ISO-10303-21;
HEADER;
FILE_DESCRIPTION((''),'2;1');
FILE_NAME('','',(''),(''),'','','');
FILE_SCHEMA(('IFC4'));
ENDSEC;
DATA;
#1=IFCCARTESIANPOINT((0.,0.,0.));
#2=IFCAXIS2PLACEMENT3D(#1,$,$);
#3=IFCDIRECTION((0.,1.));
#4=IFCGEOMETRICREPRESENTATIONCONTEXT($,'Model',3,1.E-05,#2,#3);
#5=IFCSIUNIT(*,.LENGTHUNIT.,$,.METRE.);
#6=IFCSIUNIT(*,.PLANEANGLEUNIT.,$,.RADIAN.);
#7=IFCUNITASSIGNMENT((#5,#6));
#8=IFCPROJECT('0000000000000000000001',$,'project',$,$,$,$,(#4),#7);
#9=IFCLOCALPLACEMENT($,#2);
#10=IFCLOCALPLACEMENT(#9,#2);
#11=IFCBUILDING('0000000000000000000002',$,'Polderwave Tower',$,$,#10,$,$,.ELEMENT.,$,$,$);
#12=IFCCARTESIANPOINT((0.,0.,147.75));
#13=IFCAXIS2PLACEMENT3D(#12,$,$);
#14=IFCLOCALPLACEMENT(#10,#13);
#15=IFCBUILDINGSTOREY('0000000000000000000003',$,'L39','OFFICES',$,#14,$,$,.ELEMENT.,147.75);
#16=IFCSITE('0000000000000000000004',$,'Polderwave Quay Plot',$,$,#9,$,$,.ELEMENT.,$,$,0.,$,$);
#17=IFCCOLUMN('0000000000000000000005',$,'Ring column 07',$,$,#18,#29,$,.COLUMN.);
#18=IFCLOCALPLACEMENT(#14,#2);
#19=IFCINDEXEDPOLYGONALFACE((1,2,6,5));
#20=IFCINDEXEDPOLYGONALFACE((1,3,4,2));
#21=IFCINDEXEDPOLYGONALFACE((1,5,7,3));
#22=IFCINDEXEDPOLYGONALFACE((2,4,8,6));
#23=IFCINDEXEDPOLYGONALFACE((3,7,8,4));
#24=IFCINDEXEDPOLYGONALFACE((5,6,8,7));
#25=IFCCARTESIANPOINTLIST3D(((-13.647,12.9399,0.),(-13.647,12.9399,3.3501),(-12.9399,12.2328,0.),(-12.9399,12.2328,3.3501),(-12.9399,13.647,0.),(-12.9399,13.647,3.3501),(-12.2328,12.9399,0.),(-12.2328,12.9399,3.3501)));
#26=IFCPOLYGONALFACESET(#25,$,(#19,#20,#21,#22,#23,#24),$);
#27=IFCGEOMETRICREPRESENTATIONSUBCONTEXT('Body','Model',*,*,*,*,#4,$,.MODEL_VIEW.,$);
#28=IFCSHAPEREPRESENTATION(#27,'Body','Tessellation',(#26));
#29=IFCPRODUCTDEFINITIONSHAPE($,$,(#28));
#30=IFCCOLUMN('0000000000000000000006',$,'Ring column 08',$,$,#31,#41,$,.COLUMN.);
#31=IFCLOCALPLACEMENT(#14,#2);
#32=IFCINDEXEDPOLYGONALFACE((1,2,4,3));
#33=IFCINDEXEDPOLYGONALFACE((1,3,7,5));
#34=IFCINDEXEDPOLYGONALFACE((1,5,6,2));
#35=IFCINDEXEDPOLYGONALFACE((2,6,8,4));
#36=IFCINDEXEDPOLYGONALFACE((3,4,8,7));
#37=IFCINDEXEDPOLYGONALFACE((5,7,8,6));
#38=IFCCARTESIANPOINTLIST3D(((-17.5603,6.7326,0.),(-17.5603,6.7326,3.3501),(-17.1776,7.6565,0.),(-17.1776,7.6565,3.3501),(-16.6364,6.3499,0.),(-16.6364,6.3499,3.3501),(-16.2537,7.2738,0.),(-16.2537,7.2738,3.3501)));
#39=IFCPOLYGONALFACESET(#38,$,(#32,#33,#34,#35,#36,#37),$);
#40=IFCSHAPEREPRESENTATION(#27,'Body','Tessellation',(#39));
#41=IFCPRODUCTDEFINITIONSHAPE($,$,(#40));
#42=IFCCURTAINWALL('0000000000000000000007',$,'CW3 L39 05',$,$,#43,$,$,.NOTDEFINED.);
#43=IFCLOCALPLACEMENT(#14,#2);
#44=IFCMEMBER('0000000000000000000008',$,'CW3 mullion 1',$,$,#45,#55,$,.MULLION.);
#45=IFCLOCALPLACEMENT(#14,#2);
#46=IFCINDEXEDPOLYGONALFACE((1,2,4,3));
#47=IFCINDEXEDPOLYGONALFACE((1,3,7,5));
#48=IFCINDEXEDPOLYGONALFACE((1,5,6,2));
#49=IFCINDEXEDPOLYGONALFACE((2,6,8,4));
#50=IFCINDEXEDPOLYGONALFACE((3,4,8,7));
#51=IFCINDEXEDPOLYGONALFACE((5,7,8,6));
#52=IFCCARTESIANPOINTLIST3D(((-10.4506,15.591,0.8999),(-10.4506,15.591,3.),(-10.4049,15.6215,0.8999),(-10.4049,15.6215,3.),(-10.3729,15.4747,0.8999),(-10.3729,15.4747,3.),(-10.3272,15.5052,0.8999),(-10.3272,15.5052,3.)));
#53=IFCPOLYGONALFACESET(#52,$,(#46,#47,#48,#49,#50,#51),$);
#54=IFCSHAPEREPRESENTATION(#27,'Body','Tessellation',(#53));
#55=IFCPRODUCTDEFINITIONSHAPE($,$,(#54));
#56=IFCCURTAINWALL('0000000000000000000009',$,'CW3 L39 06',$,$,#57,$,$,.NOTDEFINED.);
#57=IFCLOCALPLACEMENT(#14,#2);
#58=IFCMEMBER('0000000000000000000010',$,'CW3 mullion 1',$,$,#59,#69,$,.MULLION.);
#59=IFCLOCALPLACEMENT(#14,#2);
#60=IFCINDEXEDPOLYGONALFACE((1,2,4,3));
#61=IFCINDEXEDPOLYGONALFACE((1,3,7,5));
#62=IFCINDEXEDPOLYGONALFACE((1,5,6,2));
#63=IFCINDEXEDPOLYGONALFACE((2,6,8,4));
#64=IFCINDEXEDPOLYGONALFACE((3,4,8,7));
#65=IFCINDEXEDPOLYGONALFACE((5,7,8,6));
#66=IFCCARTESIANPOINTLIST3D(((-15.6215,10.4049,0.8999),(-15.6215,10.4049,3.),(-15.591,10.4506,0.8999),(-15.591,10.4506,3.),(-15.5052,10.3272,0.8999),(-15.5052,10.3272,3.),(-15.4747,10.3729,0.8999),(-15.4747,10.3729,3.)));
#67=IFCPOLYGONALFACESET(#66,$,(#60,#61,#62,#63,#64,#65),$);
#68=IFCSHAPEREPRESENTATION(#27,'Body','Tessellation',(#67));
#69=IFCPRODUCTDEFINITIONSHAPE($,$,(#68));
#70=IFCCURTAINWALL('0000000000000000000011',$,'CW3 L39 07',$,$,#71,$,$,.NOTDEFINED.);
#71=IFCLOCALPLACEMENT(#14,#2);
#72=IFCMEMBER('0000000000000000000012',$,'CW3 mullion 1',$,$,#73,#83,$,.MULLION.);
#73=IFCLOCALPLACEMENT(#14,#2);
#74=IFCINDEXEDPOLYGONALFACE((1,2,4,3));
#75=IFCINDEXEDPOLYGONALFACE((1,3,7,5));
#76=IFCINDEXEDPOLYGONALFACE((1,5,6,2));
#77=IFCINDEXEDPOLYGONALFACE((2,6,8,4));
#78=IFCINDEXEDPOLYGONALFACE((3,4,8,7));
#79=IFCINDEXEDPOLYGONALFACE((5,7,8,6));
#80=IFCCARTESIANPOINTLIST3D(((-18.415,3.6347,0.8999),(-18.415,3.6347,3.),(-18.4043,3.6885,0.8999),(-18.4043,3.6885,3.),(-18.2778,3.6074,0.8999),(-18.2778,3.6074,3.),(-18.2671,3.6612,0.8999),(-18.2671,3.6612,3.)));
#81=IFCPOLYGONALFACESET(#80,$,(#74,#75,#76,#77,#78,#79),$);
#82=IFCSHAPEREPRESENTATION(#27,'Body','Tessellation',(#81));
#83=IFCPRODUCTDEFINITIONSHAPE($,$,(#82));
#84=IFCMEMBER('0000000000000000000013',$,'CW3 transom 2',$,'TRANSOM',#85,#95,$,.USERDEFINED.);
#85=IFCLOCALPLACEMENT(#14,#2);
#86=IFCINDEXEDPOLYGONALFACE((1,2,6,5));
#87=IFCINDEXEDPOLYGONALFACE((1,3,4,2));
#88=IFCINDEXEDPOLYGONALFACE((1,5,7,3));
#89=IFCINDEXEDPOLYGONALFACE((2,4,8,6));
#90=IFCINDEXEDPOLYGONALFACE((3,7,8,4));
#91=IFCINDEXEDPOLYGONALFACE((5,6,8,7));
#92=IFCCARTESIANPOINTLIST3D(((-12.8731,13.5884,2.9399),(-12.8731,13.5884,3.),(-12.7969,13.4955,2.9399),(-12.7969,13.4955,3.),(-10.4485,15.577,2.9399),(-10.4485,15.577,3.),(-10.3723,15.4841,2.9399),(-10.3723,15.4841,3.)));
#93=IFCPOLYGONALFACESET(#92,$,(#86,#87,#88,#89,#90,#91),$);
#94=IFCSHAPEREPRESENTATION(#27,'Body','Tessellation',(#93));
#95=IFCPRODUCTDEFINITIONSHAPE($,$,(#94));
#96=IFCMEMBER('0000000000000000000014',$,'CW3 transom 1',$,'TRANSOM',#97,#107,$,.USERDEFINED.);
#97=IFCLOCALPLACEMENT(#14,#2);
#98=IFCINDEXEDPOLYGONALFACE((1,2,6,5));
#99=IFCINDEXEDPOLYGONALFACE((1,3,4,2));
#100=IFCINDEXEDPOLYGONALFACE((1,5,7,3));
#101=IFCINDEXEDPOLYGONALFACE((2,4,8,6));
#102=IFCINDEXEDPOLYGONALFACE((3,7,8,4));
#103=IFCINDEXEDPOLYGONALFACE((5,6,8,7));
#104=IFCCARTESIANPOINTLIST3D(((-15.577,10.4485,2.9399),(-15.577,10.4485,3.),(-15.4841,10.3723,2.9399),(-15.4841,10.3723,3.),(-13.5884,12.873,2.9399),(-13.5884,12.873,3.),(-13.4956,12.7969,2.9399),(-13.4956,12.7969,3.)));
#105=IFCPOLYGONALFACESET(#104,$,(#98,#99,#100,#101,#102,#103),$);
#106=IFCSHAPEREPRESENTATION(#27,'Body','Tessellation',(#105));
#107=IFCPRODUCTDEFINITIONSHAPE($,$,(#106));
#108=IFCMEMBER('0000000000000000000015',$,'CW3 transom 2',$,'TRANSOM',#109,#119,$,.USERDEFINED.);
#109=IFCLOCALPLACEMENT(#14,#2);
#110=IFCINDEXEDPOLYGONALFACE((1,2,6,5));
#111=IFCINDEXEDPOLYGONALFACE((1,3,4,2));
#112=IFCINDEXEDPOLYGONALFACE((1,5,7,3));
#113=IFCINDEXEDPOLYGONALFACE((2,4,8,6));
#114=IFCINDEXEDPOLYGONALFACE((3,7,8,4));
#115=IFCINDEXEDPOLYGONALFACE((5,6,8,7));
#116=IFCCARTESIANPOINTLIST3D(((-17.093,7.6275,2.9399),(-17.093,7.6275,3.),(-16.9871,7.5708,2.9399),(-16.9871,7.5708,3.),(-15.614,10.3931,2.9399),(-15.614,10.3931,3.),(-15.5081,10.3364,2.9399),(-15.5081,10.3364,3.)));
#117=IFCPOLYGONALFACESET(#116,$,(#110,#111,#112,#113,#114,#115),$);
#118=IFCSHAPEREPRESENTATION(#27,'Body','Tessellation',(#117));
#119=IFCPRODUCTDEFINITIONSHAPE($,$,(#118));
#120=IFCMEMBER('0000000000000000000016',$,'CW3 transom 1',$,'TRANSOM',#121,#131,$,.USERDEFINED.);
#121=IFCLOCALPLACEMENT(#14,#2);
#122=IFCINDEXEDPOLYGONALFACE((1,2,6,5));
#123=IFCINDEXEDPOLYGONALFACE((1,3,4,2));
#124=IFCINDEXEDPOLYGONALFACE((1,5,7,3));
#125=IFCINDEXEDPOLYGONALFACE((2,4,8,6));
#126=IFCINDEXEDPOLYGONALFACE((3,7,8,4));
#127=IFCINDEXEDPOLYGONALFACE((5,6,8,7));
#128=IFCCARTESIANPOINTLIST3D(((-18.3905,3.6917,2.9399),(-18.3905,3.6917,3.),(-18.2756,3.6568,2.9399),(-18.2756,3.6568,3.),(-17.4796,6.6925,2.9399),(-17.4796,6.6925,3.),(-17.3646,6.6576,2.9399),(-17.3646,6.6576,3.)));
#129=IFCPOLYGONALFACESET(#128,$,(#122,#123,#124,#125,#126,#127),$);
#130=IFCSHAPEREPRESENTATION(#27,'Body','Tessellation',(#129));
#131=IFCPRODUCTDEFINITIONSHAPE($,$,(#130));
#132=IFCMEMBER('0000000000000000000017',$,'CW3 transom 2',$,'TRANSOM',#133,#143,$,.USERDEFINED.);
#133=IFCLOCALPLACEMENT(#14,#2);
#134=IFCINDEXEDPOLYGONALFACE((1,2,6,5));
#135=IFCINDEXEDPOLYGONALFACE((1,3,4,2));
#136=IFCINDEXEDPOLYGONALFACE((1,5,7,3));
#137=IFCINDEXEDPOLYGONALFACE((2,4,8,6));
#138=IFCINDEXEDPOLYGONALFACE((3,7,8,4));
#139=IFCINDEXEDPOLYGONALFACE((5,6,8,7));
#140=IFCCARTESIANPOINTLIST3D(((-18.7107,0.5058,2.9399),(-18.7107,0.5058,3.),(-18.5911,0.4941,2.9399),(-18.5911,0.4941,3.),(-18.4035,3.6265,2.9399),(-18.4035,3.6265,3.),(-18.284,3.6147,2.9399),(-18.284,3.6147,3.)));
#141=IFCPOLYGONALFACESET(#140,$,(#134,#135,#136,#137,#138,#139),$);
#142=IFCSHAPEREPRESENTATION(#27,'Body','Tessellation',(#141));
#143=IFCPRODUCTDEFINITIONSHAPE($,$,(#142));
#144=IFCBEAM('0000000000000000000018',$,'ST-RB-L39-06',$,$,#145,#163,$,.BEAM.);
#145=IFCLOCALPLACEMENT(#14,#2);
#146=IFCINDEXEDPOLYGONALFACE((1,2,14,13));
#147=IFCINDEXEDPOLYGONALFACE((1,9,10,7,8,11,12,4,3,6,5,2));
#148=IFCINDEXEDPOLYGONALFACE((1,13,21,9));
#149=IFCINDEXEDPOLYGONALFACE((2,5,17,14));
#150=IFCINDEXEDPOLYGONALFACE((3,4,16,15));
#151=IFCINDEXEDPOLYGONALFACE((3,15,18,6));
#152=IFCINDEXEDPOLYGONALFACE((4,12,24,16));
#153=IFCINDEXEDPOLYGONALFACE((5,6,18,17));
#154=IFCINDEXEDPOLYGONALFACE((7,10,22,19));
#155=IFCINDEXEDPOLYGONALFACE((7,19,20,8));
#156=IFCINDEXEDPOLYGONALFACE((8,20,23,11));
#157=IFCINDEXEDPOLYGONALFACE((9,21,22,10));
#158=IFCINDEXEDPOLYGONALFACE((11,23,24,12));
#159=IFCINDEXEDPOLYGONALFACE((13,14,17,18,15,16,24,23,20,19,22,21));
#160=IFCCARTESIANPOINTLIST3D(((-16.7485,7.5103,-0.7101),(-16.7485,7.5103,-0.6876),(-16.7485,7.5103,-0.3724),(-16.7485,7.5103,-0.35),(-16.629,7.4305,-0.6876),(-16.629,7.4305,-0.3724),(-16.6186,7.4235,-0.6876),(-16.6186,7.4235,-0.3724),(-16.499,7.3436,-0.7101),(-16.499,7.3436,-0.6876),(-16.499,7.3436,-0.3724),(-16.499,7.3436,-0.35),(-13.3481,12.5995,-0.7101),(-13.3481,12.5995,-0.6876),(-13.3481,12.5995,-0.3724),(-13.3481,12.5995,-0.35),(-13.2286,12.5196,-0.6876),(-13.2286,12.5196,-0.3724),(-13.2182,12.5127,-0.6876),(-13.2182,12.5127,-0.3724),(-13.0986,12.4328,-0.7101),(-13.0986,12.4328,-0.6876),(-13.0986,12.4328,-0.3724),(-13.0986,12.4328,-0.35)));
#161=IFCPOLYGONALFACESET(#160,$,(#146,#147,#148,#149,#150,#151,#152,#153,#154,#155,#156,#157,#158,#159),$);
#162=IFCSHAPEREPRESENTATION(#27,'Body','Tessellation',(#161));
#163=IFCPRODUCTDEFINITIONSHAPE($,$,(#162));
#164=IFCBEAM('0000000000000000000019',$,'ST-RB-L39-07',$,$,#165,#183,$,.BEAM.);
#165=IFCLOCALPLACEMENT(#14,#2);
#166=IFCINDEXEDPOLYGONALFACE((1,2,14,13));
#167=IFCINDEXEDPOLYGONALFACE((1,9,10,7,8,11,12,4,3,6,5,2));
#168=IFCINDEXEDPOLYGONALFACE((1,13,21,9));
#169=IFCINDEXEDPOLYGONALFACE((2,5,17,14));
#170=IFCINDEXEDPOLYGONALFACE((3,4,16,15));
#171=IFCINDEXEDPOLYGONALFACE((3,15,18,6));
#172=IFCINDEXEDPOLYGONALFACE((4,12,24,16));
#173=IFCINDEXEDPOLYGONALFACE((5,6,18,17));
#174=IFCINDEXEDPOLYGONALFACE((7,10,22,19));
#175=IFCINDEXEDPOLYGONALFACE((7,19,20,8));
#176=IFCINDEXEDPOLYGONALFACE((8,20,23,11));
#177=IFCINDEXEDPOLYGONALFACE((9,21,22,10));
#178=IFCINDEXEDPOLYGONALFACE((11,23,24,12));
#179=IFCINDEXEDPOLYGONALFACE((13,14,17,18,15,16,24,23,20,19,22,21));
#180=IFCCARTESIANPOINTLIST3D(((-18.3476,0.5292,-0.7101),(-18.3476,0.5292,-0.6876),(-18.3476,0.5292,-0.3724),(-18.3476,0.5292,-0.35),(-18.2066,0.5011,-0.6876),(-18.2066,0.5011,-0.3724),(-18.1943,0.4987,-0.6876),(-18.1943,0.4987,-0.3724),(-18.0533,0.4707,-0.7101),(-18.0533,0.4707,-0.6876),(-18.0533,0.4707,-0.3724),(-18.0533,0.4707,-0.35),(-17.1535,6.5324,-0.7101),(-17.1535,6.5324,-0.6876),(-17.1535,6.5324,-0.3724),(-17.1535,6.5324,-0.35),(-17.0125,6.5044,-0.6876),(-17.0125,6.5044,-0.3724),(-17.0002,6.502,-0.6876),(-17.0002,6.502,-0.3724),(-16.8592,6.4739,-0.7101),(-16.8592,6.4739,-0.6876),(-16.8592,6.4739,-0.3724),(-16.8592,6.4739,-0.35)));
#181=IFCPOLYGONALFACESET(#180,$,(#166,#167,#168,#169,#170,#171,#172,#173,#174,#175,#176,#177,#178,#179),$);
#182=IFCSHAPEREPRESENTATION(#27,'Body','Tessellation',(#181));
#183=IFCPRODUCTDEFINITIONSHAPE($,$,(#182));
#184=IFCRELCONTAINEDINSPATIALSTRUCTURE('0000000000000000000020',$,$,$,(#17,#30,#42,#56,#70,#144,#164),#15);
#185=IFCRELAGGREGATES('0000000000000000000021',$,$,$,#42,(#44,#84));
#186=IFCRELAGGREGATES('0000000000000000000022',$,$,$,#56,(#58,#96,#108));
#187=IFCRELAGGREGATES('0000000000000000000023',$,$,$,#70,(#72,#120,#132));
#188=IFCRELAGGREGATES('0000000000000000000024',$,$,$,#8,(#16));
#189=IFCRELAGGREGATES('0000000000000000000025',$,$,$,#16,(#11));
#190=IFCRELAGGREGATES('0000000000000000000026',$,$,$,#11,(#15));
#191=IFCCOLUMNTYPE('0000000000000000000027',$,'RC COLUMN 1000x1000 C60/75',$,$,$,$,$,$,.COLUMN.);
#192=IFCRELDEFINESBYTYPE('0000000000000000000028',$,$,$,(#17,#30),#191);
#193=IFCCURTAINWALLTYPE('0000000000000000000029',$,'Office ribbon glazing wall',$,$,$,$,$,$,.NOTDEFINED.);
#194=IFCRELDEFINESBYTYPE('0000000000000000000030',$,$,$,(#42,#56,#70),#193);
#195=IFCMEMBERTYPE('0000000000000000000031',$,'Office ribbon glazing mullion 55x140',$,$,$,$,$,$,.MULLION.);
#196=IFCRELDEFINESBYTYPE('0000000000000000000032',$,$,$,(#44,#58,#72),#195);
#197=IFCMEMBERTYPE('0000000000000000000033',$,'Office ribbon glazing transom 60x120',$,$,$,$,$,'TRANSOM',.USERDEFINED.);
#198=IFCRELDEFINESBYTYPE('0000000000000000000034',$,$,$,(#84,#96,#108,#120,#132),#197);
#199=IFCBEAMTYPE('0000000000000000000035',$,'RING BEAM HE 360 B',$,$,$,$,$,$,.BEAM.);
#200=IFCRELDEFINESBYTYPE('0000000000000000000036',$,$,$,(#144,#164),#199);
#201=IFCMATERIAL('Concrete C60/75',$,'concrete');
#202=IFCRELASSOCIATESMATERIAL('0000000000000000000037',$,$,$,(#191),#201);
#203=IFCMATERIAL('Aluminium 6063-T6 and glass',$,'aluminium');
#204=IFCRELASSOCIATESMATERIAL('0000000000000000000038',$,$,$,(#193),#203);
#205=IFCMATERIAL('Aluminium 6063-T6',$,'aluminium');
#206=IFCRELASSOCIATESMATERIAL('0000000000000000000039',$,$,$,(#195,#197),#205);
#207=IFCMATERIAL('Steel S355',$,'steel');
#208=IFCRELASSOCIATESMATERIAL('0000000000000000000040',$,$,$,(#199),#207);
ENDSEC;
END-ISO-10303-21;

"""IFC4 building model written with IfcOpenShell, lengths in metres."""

from ifc_helpers import new_model, si_unit, direction, frame, origin, origin_2d, place, context, subcontext, project, spatial, rectangle, i_section, extrude, material, material_profile, profile_set, type_object, element, aggregate, save


model = new_model("IFC4")

# Units and contexts
model_context = context("Model", 3, precision=1e-05, world=origin(), true_north=direction((0.0, 1.0)))
body_context = subcontext(model_context, "Body", "Model", "MODEL_VIEW")
ifc_project = project(units=[si_unit("LENGTHUNIT", "METRE"), si_unit("PLANEANGLEUNIT", "RADIAN")], contexts=[model_context])

# Site, building, storey
site_placement = place(None, origin())
site = spatial("IfcSite", under=ifc_project, at=site_placement, Name="Polderwave Quay Plot", CompositionType="ELEMENT", RefElevation=0.0)
building_placement = place(site_placement, origin())
building = spatial("IfcBuilding", under=site, at=building_placement, Name="Polderwave Tower", CompositionType="ELEMENT")
storey_placement = place(building_placement, frame((0.0, 0.0, 147.75)))
storey = spatial("IfcBuildingStorey", under=building, at=storey_placement, Name="L39", Description="OFFICES", CompositionType="ELEMENT", Elevation=147.75)

# Columns
ifc_material_1 = material(Name="Concrete C60/75", Category="concrete")
ifc_material_profile_1 = material_profile(ifc_material_1, rectangle(XDim=1.0, YDim=1.0, at=origin_2d()), Name="RC 1000x1000")
ifc_profile_set_1 = profile_set([ifc_material_profile_1], Name="Concrete C60/75")
column_type = type_object("IfcColumnType", Name="RC COLUMN 1000x1000 C60/75", PredefinedType="COLUMN", material=ifc_profile_set_1)
for number, where, z_axis, x_axis, name in (
    (1, (-12.9399, 12.9399, 0.0), (0.0, 0.0, 1.0), (-0.707107, 0.707107, 0.0), "Ring column 07"),
    (2, (-16.907, 7.0032, 0.0), (0.0, 0.0, 1.0), (-0.92388, 0.382683, 0.0), "Ring column 08"),
):
    element("IfcColumn", number, at=place(storey_placement, frame(where, z_axis=z_axis, x_axis=x_axis)), inside=storey, type_object=column_type, Name=name, PredefinedType="COLUMN", context=body_context, shape_type="SweptSolid", body=[
        extrude(rectangle(XDim=1.0, YDim=1.0, at=origin_2d()), origin(), (0.0, 0.0, 1.0), 3.3501),
    ])

# Curtain walls, members
ifc_material_2 = material(Name="Aluminium 6063-T6 and glass", Category="aluminium")
curtain_wall_type = type_object("IfcCurtainWallType", Name="Office ribbon glazing wall", PredefinedType="NOTDEFINED", material=ifc_material_2)
curtain_wall_1_placement = place(storey_placement, origin())
curtain_wall_1 = element("IfcCurtainWall", 3, at=curtain_wall_1_placement, inside=storey, type_object=curtain_wall_type, Name="CW3 L39 05", PredefinedType="NOTDEFINED")
ifc_material_3 = material(Name="Aluminium 6063-T6", Category="aluminium")
ifc_material_profile_2 = material_profile(ifc_material_3, rectangle(XDim=0.1399, YDim=0.0549, at=origin_2d()), Name="AL 55x140")
ifc_profile_set_2 = profile_set([ifc_material_profile_2], Name="Aluminium 6063-T6")
member_type_1 = type_object("IfcMemberType", Name="Office ribbon glazing mullion 55x140", PredefinedType="MULLION", material=ifc_profile_set_2)
member_1_placement = place(storey_placement, frame((-10.3889, 15.5481, 0.8999), z_axis=(0.0, 0.0, 1.0), x_axis=(0.555512, -0.831508, 0.0)))
member_1 = element("IfcMember", 4, at=member_1_placement, type_object=member_type_1, Name="CW3 mullion 1", PredefinedType="MULLION", context=body_context, shape_type="SweptSolid", body=[
    extrude(rectangle(XDim=0.1399, YDim=0.0549, at=origin_2d()), origin(), (0.0, 0.0, 1.0), 2.1001),
])
curtain_wall_2_placement = place(storey_placement, origin())
curtain_wall_2 = element("IfcCurtainWall", 5, at=curtain_wall_2_placement, inside=storey, type_object=curtain_wall_type, Name="CW3 L39 06", PredefinedType="NOTDEFINED")
member_2_placement = place(storey_placement, frame((-15.5481, 10.3889, 0.8999), z_axis=(0.0, 0.0, 1.0), x_axis=(0.831508, -0.555512, 0.0)))
member_2 = element("IfcMember", 6, at=member_2_placement, type_object=member_type_1, Name="CW3 mullion 1", PredefinedType="MULLION", context=body_context, shape_type="SweptSolid", body=[
    extrude(rectangle(XDim=0.1399, YDim=0.0549, at=origin_2d()), origin(), (0.0, 0.0, 1.0), 2.1001),
])
curtain_wall_3_placement = place(storey_placement, origin())
curtain_wall_3 = element("IfcCurtainWall", 7, at=curtain_wall_3_placement, inside=storey, type_object=curtain_wall_type, Name="CW3 L39 07", PredefinedType="NOTDEFINED")
member_3_placement = place(storey_placement, frame((-18.3411, 3.6479, 0.8999), z_axis=(0.0, 0.0, 1.0), x_axis=(0.980764, -0.195196, 0.0)))
member_3 = element("IfcMember", 8, at=member_3_placement, type_object=member_type_1, Name="CW3 mullion 1", PredefinedType="MULLION", context=body_context, shape_type="SweptSolid", body=[
    extrude(rectangle(XDim=0.1399, YDim=0.0549, at=origin_2d()), origin(), (0.0, 0.0, 1.0), 2.1001),
])

# Members
ifc_material_profile_3 = material_profile(ifc_material_3, rectangle(XDim=0.1201, YDim=0.0601, at=origin_2d()), Name="AL 60x120")
ifc_profile_set_3 = profile_set([ifc_material_profile_3], Name="Aluminium 6063-T6")
member_type_2 = type_object("IfcMemberType", Name="Office ribbon glazing transom 60x120", ElementType="TRANSOM", PredefinedType="USERDEFINED", material=ifc_profile_set_3)
member_4_placement = place(storey_placement, frame((-10.4104, 15.5305, 2.97), z_axis=(-0.773207, -0.634153, 0.0), x_axis=(0.634153, -0.773207, 0.0)))
member_4 = element("IfcMember", 9, at=member_4_placement, type_object=member_type_2, Name="CW3 transom 2", ObjectType="TRANSOM", PredefinedType="USERDEFINED", context=body_context, shape_type="SweptSolid", body=[
    extrude(rectangle(XDim=0.1201, YDim=0.0601, at=origin_2d()), origin(), (0.0, 0.0, 1.0), 3.1357),
])
member_5_placement = place(storey_placement, frame((-13.542, 12.835, 2.97), z_axis=(-0.634153, -0.773207, 0.0), x_axis=(0.773207, -0.634153, 0.0)))
member_5 = element("IfcMember", 10, at=member_5_placement, type_object=member_type_2, Name="CW3 transom 1", ObjectType="TRANSOM", PredefinedType="USERDEFINED", context=body_context, shape_type="SweptSolid", body=[
    extrude(rectangle(XDim=0.1201, YDim=0.0601, at=origin_2d()), origin(), (0.0, 0.0, 1.0), 3.1357),
])
member_6_placement = place(storey_placement, frame((-15.561, 10.3647, 2.97), z_axis=(-0.471582, -0.881822, 0.0), x_axis=(0.881822, -0.471582, 0.0)))
member_6 = element("IfcMember", 11, at=member_6_placement, type_object=member_type_2, Name="CW3 transom 2", ObjectType="TRANSOM", PredefinedType="USERDEFINED", context=body_context, shape_type="SweptSolid", body=[
    extrude(rectangle(XDim=0.1201, YDim=0.0601, at=origin_2d()), origin(), (0.0, 0.0, 1.0), 3.1362),
])
member_7_placement = place(storey_placement, frame((-17.4221, 6.675, 2.97), z_axis=(-0.290468, -0.956885, 0.0), x_axis=(0.956885, -0.290468, 0.0)))
member_7 = element("IfcMember", 12, at=member_7_placement, type_object=member_type_2, Name="CW3 transom 1", ObjectType="TRANSOM", PredefinedType="USERDEFINED", context=body_context, shape_type="SweptSolid", body=[
    extrude(rectangle(XDim=0.1201, YDim=0.0601, at=origin_2d()), origin(), (0.0, 0.0, 1.0), 3.136),
])
member_8_placement = place(storey_placement, frame((-18.3438, 3.6206, 2.97), z_axis=(-0.097946, -0.995192, 0.0), x_axis=(0.995192, -0.097946, 0.0)))
member_8 = element("IfcMember", 13, at=member_8_placement, type_object=member_type_2, Name="CW3 transom 2", ObjectType="TRANSOM", PredefinedType="USERDEFINED", context=body_context, shape_type="SweptSolid", body=[
    extrude(rectangle(XDim=0.1201, YDim=0.0601, at=origin_2d()), origin(), (0.0, 0.0, 1.0), 3.1357),
])

# Beams
ifc_material_4 = material(Name="Steel S355", Category="steel")
ifc_material_profile_4 = material_profile(ifc_material_4, i_section(OverallWidth=0.3, OverallDepth=0.3601, WebThickness=0.0125, FlangeThickness=0.0225, at=origin_2d()), Name="HE 360 B")
ifc_profile_set_4 = profile_set([ifc_material_profile_4], Name="Steel S355")
beam_type = type_object("IfcBeamType", Name="RING BEAM HE 360 B", PredefinedType="BEAM", material=ifc_profile_set_4)
beam_1_placement = place(storey_placement, frame((-13.2234, 12.5161, -0.53), z_axis=(-0.555565, -0.831473, 0.0), x_axis=(0.831473, -0.555565, 0.0)))
element("IfcBeam", 14, at=beam_1_placement, inside=storey, type_object=beam_type, Name="ST-RB-L39-06", PredefinedType="BEAM", context=body_context, shape_type="SweptSolid", body=[
    extrude(i_section(OverallWidth=0.3, OverallDepth=0.3601, WebThickness=0.0125, FlangeThickness=0.0225, at=origin_2d()), origin(), (0.0, 0.0, 1.0), 6.1206),
])
beam_2_placement = place(storey_placement, frame((-17.0063, 6.5032, -0.53), z_axis=(-0.195088, -0.980786, 0.0), x_axis=(0.980786, -0.195088, 0.0)))
element("IfcBeam", 15, at=beam_2_placement, inside=storey, type_object=beam_type, Name="ST-RB-L39-07", PredefinedType="BEAM", context=body_context, shape_type="SweptSolid", body=[
    extrude(i_section(OverallWidth=0.3, OverallDepth=0.3601, WebThickness=0.0125, FlangeThickness=0.0225, at=origin_2d()), origin(), (0.0, 0.0, 1.0), 6.1208),
])

aggregate(curtain_wall_1, [member_1, member_4])
aggregate(curtain_wall_2, [member_2, member_5, member_6])
aggregate(curtain_wall_3, [member_3, member_7, member_8])

save(model, "model.ifc")
